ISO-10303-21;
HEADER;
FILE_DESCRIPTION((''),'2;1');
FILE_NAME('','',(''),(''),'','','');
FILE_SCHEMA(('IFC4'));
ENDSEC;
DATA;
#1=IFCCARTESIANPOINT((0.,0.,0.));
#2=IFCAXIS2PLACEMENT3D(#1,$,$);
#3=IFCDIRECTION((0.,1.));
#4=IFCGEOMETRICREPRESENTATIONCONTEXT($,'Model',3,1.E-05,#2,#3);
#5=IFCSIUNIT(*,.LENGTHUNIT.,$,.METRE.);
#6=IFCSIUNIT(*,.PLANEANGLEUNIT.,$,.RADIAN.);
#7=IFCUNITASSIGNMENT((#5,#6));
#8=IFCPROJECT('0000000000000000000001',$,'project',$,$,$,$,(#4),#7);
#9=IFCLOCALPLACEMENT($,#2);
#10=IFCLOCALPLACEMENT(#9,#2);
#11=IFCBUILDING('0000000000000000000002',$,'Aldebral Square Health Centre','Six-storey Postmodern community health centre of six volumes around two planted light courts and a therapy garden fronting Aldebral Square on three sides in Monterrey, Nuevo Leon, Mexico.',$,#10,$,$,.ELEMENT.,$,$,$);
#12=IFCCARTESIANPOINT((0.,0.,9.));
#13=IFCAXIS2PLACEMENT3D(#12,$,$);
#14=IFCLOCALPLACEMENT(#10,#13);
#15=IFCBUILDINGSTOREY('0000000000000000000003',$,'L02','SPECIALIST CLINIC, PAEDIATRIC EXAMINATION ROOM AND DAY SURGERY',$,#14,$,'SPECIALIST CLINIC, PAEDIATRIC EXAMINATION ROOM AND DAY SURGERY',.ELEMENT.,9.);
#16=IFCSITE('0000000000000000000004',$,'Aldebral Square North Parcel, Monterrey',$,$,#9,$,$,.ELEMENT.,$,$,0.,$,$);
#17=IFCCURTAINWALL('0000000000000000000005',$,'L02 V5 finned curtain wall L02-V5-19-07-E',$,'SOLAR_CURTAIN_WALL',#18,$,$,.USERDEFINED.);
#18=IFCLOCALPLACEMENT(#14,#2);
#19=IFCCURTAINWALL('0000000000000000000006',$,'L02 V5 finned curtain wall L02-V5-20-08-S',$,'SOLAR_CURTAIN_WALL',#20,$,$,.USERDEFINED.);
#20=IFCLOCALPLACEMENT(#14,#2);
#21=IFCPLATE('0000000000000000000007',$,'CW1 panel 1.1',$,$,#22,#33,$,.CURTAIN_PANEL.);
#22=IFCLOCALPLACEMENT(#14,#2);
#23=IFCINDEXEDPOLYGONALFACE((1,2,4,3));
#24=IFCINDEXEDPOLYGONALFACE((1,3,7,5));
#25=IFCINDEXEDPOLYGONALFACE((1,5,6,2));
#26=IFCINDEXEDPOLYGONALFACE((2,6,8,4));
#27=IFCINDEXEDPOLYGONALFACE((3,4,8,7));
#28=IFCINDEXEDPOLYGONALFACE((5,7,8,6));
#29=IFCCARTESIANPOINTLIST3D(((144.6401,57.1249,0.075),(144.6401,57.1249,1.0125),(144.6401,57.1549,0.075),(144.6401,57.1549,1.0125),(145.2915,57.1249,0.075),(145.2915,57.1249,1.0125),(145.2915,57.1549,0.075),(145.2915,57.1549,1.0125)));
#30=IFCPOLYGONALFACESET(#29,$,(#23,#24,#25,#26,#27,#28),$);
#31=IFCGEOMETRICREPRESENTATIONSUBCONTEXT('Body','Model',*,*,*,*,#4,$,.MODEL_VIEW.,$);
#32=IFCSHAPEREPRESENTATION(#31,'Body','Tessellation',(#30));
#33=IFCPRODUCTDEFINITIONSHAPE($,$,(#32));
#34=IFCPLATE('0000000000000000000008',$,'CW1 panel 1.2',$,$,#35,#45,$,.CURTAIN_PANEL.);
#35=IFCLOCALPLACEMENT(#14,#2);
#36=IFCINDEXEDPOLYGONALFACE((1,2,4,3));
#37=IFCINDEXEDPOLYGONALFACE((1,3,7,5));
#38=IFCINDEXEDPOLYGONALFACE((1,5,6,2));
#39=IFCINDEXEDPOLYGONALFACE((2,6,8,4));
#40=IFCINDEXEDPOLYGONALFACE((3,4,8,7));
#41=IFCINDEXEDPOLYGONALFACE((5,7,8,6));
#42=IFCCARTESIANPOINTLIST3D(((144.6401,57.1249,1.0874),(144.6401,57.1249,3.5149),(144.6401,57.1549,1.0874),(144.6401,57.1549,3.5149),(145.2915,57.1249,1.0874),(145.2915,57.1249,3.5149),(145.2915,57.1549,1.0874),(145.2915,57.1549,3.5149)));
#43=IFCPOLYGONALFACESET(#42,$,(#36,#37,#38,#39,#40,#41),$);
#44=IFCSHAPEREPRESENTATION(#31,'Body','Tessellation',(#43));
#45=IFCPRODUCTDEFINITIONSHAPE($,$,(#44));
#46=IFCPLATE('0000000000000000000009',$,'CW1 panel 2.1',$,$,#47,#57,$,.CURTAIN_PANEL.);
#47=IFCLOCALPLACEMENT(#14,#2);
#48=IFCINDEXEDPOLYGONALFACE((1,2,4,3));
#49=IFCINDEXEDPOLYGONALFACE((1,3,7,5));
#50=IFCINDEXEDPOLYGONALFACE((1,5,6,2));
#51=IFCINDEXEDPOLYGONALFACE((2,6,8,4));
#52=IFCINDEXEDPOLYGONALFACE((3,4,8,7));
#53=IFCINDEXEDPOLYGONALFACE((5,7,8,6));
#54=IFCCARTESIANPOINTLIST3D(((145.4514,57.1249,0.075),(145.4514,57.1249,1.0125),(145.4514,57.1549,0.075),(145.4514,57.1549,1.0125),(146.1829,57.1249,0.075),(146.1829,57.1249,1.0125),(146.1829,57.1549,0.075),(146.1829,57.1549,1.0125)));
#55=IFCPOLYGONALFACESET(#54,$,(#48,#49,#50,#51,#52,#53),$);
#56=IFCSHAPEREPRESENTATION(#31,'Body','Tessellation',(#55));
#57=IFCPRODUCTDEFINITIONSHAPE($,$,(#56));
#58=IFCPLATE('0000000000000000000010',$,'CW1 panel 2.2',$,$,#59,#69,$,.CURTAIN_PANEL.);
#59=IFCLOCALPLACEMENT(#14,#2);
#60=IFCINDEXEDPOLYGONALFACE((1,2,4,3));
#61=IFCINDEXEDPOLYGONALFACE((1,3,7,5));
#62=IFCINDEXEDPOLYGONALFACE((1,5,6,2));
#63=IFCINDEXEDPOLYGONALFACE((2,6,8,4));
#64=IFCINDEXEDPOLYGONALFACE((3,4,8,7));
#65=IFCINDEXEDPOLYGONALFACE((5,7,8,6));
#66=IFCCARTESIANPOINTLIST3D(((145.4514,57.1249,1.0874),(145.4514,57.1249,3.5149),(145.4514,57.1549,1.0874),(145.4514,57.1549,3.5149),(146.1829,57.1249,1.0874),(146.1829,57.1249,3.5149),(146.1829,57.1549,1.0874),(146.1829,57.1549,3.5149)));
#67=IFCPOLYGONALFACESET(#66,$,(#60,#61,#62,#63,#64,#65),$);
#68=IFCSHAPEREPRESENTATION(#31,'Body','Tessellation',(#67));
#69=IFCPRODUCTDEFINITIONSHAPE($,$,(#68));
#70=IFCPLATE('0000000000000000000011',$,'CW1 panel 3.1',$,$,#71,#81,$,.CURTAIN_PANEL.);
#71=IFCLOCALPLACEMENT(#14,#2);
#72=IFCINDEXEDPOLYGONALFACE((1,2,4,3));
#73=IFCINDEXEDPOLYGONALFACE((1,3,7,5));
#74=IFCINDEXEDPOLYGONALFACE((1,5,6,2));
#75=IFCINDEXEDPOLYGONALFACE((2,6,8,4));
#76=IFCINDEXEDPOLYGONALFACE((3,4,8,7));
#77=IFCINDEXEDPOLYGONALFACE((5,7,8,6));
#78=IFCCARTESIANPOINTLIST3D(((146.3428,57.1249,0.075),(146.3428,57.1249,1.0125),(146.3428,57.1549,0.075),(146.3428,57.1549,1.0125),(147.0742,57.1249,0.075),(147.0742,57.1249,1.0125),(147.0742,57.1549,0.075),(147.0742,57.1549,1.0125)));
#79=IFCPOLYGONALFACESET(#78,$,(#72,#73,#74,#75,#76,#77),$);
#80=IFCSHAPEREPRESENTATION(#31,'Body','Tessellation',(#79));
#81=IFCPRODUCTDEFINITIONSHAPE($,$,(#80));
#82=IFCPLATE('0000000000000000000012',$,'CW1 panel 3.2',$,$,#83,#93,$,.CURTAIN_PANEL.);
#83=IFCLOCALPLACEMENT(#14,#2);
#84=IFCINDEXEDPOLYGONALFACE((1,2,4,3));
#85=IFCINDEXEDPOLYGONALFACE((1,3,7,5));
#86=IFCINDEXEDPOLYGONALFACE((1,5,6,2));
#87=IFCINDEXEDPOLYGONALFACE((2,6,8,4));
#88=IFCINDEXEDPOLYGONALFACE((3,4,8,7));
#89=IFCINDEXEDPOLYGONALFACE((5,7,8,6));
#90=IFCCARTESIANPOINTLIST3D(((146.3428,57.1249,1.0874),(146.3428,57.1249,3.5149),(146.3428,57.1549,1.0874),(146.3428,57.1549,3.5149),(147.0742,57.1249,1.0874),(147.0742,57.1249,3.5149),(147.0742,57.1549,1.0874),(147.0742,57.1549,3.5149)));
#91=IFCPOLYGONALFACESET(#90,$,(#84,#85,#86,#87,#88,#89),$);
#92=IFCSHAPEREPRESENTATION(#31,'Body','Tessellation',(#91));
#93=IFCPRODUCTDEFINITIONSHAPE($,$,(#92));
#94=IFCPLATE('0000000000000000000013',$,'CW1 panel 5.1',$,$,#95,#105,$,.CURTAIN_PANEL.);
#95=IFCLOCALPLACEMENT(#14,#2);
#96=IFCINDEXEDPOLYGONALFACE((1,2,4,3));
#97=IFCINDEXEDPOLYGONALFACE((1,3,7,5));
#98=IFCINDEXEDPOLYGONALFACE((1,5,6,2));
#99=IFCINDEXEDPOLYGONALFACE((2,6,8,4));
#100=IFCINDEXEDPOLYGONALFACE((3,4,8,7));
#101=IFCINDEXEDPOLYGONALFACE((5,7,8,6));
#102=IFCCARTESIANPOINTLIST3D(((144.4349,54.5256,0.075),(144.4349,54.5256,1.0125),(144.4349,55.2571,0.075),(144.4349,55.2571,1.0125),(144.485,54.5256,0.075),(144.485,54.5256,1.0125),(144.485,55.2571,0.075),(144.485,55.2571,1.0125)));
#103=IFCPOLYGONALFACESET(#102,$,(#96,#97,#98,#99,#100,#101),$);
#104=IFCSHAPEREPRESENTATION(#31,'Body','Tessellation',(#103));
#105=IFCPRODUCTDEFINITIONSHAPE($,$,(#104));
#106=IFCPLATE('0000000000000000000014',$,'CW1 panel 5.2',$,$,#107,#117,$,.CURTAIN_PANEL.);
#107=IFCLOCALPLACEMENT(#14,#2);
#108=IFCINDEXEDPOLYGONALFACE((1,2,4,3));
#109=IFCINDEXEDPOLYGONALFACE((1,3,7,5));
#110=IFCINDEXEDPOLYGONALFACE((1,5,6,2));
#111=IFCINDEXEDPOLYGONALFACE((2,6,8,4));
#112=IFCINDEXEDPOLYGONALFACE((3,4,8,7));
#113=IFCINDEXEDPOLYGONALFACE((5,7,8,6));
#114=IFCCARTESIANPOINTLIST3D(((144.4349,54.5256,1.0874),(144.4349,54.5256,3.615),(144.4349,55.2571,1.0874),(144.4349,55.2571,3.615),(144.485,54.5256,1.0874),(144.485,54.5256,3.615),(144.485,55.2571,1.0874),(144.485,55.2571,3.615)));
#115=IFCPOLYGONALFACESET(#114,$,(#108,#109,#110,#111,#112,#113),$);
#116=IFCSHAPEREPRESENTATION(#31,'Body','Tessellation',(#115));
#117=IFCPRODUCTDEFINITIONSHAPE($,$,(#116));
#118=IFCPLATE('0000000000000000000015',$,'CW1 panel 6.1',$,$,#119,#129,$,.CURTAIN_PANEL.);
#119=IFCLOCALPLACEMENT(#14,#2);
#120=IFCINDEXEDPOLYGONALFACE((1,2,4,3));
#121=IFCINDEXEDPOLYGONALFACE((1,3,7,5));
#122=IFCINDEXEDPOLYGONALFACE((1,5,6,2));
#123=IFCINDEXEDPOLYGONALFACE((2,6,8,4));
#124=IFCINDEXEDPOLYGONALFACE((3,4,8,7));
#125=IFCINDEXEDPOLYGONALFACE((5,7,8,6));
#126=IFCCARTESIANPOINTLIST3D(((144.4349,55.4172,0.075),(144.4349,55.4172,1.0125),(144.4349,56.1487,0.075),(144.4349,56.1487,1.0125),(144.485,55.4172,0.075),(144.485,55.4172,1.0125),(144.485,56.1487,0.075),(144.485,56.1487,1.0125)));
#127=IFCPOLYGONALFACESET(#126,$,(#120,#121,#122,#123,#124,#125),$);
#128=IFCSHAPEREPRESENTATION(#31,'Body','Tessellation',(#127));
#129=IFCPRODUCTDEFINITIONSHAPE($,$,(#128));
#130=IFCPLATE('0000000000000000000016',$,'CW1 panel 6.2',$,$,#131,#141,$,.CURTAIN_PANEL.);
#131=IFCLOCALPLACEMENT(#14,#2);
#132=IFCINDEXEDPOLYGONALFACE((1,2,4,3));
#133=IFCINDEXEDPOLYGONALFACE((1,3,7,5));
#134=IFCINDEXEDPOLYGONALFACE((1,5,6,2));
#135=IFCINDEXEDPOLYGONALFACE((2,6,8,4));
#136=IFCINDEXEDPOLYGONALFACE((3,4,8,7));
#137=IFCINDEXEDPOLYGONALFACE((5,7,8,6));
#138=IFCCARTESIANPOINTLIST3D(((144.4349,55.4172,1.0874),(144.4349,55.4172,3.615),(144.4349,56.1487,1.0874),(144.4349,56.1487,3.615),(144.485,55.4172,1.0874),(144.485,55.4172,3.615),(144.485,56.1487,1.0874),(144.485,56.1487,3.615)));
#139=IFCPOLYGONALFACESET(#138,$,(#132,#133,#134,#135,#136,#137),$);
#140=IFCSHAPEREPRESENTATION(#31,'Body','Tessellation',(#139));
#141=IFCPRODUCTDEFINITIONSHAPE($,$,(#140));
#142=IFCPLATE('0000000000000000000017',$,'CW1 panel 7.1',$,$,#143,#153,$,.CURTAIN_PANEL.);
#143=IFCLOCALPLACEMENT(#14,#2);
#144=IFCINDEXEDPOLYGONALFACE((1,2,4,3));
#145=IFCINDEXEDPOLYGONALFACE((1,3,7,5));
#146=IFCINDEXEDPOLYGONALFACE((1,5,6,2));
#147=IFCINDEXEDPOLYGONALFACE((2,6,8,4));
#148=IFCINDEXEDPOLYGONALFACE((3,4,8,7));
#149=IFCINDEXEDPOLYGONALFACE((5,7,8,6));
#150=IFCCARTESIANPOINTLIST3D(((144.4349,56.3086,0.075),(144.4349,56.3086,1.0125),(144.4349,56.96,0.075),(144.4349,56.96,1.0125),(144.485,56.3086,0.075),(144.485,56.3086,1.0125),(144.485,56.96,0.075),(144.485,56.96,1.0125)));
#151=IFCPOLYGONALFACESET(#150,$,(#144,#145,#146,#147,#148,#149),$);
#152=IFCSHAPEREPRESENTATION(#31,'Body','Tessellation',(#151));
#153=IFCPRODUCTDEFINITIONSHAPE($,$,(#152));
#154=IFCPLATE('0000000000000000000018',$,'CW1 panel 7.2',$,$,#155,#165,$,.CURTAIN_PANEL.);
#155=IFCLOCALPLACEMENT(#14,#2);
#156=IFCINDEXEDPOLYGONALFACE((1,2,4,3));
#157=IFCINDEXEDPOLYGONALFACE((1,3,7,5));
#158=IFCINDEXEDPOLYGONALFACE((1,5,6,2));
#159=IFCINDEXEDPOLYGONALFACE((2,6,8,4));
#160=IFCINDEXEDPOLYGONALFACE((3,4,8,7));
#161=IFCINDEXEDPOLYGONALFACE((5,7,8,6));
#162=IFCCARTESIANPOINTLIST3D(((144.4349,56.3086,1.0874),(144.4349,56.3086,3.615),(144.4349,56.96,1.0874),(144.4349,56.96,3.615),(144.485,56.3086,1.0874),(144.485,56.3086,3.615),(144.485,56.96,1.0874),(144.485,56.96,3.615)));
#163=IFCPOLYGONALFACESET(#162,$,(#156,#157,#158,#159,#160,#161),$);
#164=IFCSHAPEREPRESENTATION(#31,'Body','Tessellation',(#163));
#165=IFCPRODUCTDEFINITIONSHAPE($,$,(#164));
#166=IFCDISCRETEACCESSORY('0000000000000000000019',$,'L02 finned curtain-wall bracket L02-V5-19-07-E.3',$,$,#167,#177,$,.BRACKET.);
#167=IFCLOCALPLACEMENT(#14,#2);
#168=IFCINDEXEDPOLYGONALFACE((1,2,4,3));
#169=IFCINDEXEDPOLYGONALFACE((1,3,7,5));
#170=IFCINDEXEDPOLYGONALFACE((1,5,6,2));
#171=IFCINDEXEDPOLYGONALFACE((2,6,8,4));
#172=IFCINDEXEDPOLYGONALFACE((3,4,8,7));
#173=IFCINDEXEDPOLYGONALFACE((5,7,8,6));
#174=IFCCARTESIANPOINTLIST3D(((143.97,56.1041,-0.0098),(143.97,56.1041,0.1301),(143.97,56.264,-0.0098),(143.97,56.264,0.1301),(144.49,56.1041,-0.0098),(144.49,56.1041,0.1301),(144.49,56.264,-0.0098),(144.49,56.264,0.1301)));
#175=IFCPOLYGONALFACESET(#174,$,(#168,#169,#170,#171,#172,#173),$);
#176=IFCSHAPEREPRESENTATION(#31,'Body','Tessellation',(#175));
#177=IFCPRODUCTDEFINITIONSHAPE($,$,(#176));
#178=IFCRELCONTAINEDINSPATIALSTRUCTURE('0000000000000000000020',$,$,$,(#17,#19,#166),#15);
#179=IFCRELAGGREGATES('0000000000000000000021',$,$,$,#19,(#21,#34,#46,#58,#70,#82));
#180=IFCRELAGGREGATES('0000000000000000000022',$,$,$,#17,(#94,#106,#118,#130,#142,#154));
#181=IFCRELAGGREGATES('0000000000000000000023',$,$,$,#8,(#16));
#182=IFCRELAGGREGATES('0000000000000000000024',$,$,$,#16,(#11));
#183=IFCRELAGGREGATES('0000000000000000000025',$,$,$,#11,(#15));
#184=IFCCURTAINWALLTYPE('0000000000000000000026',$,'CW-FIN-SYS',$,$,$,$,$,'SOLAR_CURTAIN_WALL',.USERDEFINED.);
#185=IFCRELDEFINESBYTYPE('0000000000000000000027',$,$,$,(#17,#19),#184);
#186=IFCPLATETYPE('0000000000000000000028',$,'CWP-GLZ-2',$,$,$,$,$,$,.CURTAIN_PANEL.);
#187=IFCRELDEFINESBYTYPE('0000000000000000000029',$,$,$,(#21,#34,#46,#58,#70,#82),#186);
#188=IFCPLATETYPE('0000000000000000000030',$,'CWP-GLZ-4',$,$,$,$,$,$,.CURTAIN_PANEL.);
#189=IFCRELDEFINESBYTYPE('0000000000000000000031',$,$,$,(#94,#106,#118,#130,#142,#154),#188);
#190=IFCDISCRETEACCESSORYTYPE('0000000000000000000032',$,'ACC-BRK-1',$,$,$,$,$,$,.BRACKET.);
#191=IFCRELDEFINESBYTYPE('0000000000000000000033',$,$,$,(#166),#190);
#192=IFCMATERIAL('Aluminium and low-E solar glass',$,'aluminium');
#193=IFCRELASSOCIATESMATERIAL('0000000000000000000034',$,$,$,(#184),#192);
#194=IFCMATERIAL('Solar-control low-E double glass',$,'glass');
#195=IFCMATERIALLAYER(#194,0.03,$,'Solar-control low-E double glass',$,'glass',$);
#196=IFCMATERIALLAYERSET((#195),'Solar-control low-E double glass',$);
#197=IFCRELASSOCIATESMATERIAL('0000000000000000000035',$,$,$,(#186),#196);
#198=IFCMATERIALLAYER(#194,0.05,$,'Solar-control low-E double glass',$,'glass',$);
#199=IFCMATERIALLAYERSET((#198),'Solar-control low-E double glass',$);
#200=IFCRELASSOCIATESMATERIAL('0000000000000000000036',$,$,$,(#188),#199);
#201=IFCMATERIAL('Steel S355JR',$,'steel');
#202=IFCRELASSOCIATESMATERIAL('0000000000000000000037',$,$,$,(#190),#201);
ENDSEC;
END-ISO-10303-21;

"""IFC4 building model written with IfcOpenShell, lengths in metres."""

from ifc_helpers import new_model, si_unit, direction, frame, origin, origin_2d, place, context, subcontext, project, spatial, rectangle, extrude, material, layer, layer_set, type_object, element, aggregate, save


model = new_model("IFC4")

# Units and contexts
model_context = context("Model", 3, precision=1e-05, world=origin(), true_north=direction((0.0, 1.0)))
body_context = subcontext(model_context, "Body", "Model", "MODEL_VIEW")
ifc_project = project(units=[si_unit("LENGTHUNIT", "METRE"), si_unit("PLANEANGLEUNIT", "RADIAN")], contexts=[model_context])

# Site, building, storey
site_placement = place(None, origin())
site = spatial("IfcSite", under=ifc_project, at=site_placement, Name="Aldebral Square North Parcel, Monterrey", CompositionType="ELEMENT", RefElevation=0.0)
building_placement = place(site_placement, origin())
building = spatial("IfcBuilding", under=site, at=building_placement, Name="Aldebral Square Health Centre", Description="Six-storey Postmodern community health centre of six volumes around two planted light courts and a therapy garden fronting Aldebral Square on three sides in Monterrey, Nuevo Leon, Mexico.", CompositionType="ELEMENT")
storey_placement = place(building_placement, frame((0.0, 0.0, 9.0)))
storey = spatial("IfcBuildingStorey", under=building, at=storey_placement, Name="L02", Description="SPECIALIST CLINIC, PAEDIATRIC EXAMINATION ROOM AND DAY SURGERY", LongName="SPECIALIST CLINIC, PAEDIATRIC EXAMINATION ROOM AND DAY SURGERY", CompositionType="ELEMENT", Elevation=9.0)

# Curtain walls
ifc_material_1 = material(Name="Aluminium and low-E solar glass", Category="aluminium")
curtain_wall_type = type_object("IfcCurtainWallType", Name="CW-FIN-SYS", ElementType="SOLAR_CURTAIN_WALL", PredefinedType="USERDEFINED", material=ifc_material_1)
curtain_wall_1_placement = place(storey_placement, origin())
curtain_wall_1 = element("IfcCurtainWall", 1, at=curtain_wall_1_placement, inside=storey, type_object=curtain_wall_type, Name="L02 V5 finned curtain wall L02-V5-19-07-E", ObjectType="SOLAR_CURTAIN_WALL", PredefinedType="USERDEFINED")
curtain_wall_2_placement = place(storey_placement, origin())
curtain_wall_2 = element("IfcCurtainWall", 2, at=curtain_wall_2_placement, inside=storey, type_object=curtain_wall_type, Name="L02 V5 finned curtain wall L02-V5-20-08-S", ObjectType="SOLAR_CURTAIN_WALL", PredefinedType="USERDEFINED")

# Plates
ifc_material_2 = material(Name="Solar-control low-E double glass", Category="glass")
ifc_layer_1 = layer(ifc_material_2, 0.03, Name="Solar-control low-E double glass", Category="glass")
ifc_layer_set_1 = layer_set([ifc_layer_1], Name="Solar-control low-E double glass")
plate_type_1 = type_object("IfcPlateType", Name="CWP-GLZ-2", PredefinedType="CURTAIN_PANEL", material=ifc_layer_set_1)
plate_1_placement = place(storey_placement, frame((144.9658, 57.1399, 0.075), z_axis=(0.0, 0.0, 1.0), x_axis=(1.0, 0.0, 0.0)))
plate_1 = element("IfcPlate", 3, at=plate_1_placement, type_object=plate_type_1, Name="CW1 panel 1.1", PredefinedType="CURTAIN_PANEL", context=body_context, shape_type="SweptSolid", body=[
    extrude(rectangle(XDim=0.6514, YDim=0.03, at=origin_2d()), origin(), (0.0, 0.0, 1.0), 0.9375),
])
plate_2_placement = place(storey_placement, frame((144.9658, 57.1399, 1.0874), z_axis=(0.0, 0.0, 1.0), x_axis=(1.0, 0.0, 0.0)))
plate_2 = element("IfcPlate", 4, at=plate_2_placement, type_object=plate_type_1, Name="CW1 panel 1.2", PredefinedType="CURTAIN_PANEL", context=body_context, shape_type="SweptSolid", body=[
    extrude(rectangle(XDim=0.6514, YDim=0.03, at=origin_2d()), origin(), (0.0, 0.0, 1.0), 2.4275),
])
plate_3_placement = place(storey_placement, frame((145.8171, 57.1399, 0.075), z_axis=(0.0, 0.0, 1.0), x_axis=(1.0, 0.0, 0.0)))
plate_3 = element("IfcPlate", 5, at=plate_3_placement, type_object=plate_type_1, Name="CW1 panel 2.1", PredefinedType="CURTAIN_PANEL", context=body_context, shape_type="SweptSolid", body=[
    extrude(rectangle(XDim=0.7314, YDim=0.03, at=origin_2d()), origin(), (0.0, 0.0, 1.0), 0.9375),
])
plate_4_placement = place(storey_placement, frame((145.8171, 57.1399, 1.0874), z_axis=(0.0, 0.0, 1.0), x_axis=(1.0, 0.0, 0.0)))
plate_4 = element("IfcPlate", 6, at=plate_4_placement, type_object=plate_type_1, Name="CW1 panel 2.2", PredefinedType="CURTAIN_PANEL", context=body_context, shape_type="SweptSolid", body=[
    extrude(rectangle(XDim=0.7314, YDim=0.03, at=origin_2d()), origin(), (0.0, 0.0, 1.0), 2.4275),
])
plate_5_placement = place(storey_placement, frame((146.7085, 57.1399, 0.075), z_axis=(0.0, 0.0, 1.0), x_axis=(1.0, 0.0, 0.0)))
plate_5 = element("IfcPlate", 7, at=plate_5_placement, type_object=plate_type_1, Name="CW1 panel 3.1", PredefinedType="CURTAIN_PANEL", context=body_context, shape_type="SweptSolid", body=[
    extrude(rectangle(XDim=0.7314, YDim=0.03, at=origin_2d()), origin(), (0.0, 0.0, 1.0), 0.9375),
])
plate_6_placement = place(storey_placement, frame((146.7085, 57.1399, 1.0874), z_axis=(0.0, 0.0, 1.0), x_axis=(1.0, 0.0, 0.0)))
plate_6 = element("IfcPlate", 8, at=plate_6_placement, type_object=plate_type_1, Name="CW1 panel 3.2", PredefinedType="CURTAIN_PANEL", context=body_context, shape_type="SweptSolid", body=[
    extrude(rectangle(XDim=0.7314, YDim=0.03, at=origin_2d()), origin(), (0.0, 0.0, 1.0), 2.4275),
])
aggregate(curtain_wall_2, [plate_1, plate_2, plate_3, plate_4, plate_5, plate_6])
ifc_layer_2 = layer(ifc_material_2, 0.05, Name="Solar-control low-E double glass", Category="glass")
ifc_layer_set_2 = layer_set([ifc_layer_2], Name="Solar-control low-E double glass")
plate_type_2 = type_object("IfcPlateType", Name="CWP-GLZ-4", PredefinedType="CURTAIN_PANEL", material=ifc_layer_set_2)
plate_7_placement = place(storey_placement, frame((144.46, 54.8914, 0.075), z_axis=(0.0, 0.0, 1.0), x_axis=(0.0, 1.0, 0.0)))
plate_7 = element("IfcPlate", 9, at=plate_7_placement, type_object=plate_type_2, Name="CW1 panel 5.1", PredefinedType="CURTAIN_PANEL", context=body_context, shape_type="SweptSolid", body=[
    extrude(rectangle(XDim=0.7314, YDim=0.05, at=origin_2d()), origin(), (0.0, 0.0, 1.0), 0.9375),
])
plate_8_placement = place(storey_placement, frame((144.46, 54.8914, 1.0874), z_axis=(0.0, 0.0, 1.0), x_axis=(0.0, 1.0, 0.0)))
plate_8 = element("IfcPlate", 10, at=plate_8_placement, type_object=plate_type_2, Name="CW1 panel 5.2", PredefinedType="CURTAIN_PANEL", context=body_context, shape_type="SweptSolid", body=[
    extrude(rectangle(XDim=0.7314, YDim=0.05, at=origin_2d()), origin(), (0.0, 0.0, 1.0), 2.5276),
])
plate_9_placement = place(storey_placement, frame((144.46, 55.783, 0.075), z_axis=(0.0, 0.0, 1.0), x_axis=(0.0, 1.0, 0.0)))
plate_9 = element("IfcPlate", 11, at=plate_9_placement, type_object=plate_type_2, Name="CW1 panel 6.1", PredefinedType="CURTAIN_PANEL", context=body_context, shape_type="SweptSolid", body=[
    extrude(rectangle(XDim=0.7314, YDim=0.05, at=origin_2d()), origin(), (0.0, 0.0, 1.0), 0.9375),
])
plate_10_placement = place(storey_placement, frame((144.46, 55.783, 1.0874), z_axis=(0.0, 0.0, 1.0), x_axis=(0.0, 1.0, 0.0)))
plate_10 = element("IfcPlate", 12, at=plate_10_placement, type_object=plate_type_2, Name="CW1 panel 6.2", PredefinedType="CURTAIN_PANEL", context=body_context, shape_type="SweptSolid", body=[
    extrude(rectangle(XDim=0.7314, YDim=0.05, at=origin_2d()), origin(), (0.0, 0.0, 1.0), 2.5276),
])
plate_11_placement = place(storey_placement, frame((144.46, 56.6343, 0.075), z_axis=(0.0, 0.0, 1.0), x_axis=(0.0, 1.0, 0.0)))
plate_11 = element("IfcPlate", 13, at=plate_11_placement, type_object=plate_type_2, Name="CW1 panel 7.1", PredefinedType="CURTAIN_PANEL", context=body_context, shape_type="SweptSolid", body=[
    extrude(rectangle(XDim=0.6514, YDim=0.05, at=origin_2d()), origin(), (0.0, 0.0, 1.0), 0.9375),
])
plate_12_placement = place(storey_placement, frame((144.46, 56.6343, 1.0874), z_axis=(0.0, 0.0, 1.0), x_axis=(0.0, 1.0, 0.0)))
plate_12 = element("IfcPlate", 14, at=plate_12_placement, type_object=plate_type_2, Name="CW1 panel 7.2", PredefinedType="CURTAIN_PANEL", context=body_context, shape_type="SweptSolid", body=[
    extrude(rectangle(XDim=0.6514, YDim=0.05, at=origin_2d()), origin(), (0.0, 0.0, 1.0), 2.5276),
])
aggregate(curtain_wall_1, [plate_7, plate_8, plate_9, plate_10, plate_11, plate_12])

# Discrete accessory
ifc_material_3 = material(Name="Steel S355JR", Category="steel")
discrete_accessory_type = type_object("IfcDiscreteAccessoryType", Name="ACC-BRK-1", PredefinedType="BRACKET", material=ifc_material_3)
discrete_accessory_placement = place(storey_placement, frame((144.23, 56.1841, -0.0098), z_axis=(0.0, 0.0, 1.0), x_axis=(0.0, 1.0, 0.0)))
element("IfcDiscreteAccessory", 15, at=discrete_accessory_placement, inside=storey, type_object=discrete_accessory_type, Name="L02 finned curtain-wall bracket L02-V5-19-07-E.3", PredefinedType="BRACKET", context=body_context, shape_type="SweptSolid", body=[
    extrude(rectangle(XDim=0.1599, YDim=0.52, at=origin_2d()), origin(), (0.0, 0.0, 1.0), 0.1399),
])

save(model, "model.ifc")
